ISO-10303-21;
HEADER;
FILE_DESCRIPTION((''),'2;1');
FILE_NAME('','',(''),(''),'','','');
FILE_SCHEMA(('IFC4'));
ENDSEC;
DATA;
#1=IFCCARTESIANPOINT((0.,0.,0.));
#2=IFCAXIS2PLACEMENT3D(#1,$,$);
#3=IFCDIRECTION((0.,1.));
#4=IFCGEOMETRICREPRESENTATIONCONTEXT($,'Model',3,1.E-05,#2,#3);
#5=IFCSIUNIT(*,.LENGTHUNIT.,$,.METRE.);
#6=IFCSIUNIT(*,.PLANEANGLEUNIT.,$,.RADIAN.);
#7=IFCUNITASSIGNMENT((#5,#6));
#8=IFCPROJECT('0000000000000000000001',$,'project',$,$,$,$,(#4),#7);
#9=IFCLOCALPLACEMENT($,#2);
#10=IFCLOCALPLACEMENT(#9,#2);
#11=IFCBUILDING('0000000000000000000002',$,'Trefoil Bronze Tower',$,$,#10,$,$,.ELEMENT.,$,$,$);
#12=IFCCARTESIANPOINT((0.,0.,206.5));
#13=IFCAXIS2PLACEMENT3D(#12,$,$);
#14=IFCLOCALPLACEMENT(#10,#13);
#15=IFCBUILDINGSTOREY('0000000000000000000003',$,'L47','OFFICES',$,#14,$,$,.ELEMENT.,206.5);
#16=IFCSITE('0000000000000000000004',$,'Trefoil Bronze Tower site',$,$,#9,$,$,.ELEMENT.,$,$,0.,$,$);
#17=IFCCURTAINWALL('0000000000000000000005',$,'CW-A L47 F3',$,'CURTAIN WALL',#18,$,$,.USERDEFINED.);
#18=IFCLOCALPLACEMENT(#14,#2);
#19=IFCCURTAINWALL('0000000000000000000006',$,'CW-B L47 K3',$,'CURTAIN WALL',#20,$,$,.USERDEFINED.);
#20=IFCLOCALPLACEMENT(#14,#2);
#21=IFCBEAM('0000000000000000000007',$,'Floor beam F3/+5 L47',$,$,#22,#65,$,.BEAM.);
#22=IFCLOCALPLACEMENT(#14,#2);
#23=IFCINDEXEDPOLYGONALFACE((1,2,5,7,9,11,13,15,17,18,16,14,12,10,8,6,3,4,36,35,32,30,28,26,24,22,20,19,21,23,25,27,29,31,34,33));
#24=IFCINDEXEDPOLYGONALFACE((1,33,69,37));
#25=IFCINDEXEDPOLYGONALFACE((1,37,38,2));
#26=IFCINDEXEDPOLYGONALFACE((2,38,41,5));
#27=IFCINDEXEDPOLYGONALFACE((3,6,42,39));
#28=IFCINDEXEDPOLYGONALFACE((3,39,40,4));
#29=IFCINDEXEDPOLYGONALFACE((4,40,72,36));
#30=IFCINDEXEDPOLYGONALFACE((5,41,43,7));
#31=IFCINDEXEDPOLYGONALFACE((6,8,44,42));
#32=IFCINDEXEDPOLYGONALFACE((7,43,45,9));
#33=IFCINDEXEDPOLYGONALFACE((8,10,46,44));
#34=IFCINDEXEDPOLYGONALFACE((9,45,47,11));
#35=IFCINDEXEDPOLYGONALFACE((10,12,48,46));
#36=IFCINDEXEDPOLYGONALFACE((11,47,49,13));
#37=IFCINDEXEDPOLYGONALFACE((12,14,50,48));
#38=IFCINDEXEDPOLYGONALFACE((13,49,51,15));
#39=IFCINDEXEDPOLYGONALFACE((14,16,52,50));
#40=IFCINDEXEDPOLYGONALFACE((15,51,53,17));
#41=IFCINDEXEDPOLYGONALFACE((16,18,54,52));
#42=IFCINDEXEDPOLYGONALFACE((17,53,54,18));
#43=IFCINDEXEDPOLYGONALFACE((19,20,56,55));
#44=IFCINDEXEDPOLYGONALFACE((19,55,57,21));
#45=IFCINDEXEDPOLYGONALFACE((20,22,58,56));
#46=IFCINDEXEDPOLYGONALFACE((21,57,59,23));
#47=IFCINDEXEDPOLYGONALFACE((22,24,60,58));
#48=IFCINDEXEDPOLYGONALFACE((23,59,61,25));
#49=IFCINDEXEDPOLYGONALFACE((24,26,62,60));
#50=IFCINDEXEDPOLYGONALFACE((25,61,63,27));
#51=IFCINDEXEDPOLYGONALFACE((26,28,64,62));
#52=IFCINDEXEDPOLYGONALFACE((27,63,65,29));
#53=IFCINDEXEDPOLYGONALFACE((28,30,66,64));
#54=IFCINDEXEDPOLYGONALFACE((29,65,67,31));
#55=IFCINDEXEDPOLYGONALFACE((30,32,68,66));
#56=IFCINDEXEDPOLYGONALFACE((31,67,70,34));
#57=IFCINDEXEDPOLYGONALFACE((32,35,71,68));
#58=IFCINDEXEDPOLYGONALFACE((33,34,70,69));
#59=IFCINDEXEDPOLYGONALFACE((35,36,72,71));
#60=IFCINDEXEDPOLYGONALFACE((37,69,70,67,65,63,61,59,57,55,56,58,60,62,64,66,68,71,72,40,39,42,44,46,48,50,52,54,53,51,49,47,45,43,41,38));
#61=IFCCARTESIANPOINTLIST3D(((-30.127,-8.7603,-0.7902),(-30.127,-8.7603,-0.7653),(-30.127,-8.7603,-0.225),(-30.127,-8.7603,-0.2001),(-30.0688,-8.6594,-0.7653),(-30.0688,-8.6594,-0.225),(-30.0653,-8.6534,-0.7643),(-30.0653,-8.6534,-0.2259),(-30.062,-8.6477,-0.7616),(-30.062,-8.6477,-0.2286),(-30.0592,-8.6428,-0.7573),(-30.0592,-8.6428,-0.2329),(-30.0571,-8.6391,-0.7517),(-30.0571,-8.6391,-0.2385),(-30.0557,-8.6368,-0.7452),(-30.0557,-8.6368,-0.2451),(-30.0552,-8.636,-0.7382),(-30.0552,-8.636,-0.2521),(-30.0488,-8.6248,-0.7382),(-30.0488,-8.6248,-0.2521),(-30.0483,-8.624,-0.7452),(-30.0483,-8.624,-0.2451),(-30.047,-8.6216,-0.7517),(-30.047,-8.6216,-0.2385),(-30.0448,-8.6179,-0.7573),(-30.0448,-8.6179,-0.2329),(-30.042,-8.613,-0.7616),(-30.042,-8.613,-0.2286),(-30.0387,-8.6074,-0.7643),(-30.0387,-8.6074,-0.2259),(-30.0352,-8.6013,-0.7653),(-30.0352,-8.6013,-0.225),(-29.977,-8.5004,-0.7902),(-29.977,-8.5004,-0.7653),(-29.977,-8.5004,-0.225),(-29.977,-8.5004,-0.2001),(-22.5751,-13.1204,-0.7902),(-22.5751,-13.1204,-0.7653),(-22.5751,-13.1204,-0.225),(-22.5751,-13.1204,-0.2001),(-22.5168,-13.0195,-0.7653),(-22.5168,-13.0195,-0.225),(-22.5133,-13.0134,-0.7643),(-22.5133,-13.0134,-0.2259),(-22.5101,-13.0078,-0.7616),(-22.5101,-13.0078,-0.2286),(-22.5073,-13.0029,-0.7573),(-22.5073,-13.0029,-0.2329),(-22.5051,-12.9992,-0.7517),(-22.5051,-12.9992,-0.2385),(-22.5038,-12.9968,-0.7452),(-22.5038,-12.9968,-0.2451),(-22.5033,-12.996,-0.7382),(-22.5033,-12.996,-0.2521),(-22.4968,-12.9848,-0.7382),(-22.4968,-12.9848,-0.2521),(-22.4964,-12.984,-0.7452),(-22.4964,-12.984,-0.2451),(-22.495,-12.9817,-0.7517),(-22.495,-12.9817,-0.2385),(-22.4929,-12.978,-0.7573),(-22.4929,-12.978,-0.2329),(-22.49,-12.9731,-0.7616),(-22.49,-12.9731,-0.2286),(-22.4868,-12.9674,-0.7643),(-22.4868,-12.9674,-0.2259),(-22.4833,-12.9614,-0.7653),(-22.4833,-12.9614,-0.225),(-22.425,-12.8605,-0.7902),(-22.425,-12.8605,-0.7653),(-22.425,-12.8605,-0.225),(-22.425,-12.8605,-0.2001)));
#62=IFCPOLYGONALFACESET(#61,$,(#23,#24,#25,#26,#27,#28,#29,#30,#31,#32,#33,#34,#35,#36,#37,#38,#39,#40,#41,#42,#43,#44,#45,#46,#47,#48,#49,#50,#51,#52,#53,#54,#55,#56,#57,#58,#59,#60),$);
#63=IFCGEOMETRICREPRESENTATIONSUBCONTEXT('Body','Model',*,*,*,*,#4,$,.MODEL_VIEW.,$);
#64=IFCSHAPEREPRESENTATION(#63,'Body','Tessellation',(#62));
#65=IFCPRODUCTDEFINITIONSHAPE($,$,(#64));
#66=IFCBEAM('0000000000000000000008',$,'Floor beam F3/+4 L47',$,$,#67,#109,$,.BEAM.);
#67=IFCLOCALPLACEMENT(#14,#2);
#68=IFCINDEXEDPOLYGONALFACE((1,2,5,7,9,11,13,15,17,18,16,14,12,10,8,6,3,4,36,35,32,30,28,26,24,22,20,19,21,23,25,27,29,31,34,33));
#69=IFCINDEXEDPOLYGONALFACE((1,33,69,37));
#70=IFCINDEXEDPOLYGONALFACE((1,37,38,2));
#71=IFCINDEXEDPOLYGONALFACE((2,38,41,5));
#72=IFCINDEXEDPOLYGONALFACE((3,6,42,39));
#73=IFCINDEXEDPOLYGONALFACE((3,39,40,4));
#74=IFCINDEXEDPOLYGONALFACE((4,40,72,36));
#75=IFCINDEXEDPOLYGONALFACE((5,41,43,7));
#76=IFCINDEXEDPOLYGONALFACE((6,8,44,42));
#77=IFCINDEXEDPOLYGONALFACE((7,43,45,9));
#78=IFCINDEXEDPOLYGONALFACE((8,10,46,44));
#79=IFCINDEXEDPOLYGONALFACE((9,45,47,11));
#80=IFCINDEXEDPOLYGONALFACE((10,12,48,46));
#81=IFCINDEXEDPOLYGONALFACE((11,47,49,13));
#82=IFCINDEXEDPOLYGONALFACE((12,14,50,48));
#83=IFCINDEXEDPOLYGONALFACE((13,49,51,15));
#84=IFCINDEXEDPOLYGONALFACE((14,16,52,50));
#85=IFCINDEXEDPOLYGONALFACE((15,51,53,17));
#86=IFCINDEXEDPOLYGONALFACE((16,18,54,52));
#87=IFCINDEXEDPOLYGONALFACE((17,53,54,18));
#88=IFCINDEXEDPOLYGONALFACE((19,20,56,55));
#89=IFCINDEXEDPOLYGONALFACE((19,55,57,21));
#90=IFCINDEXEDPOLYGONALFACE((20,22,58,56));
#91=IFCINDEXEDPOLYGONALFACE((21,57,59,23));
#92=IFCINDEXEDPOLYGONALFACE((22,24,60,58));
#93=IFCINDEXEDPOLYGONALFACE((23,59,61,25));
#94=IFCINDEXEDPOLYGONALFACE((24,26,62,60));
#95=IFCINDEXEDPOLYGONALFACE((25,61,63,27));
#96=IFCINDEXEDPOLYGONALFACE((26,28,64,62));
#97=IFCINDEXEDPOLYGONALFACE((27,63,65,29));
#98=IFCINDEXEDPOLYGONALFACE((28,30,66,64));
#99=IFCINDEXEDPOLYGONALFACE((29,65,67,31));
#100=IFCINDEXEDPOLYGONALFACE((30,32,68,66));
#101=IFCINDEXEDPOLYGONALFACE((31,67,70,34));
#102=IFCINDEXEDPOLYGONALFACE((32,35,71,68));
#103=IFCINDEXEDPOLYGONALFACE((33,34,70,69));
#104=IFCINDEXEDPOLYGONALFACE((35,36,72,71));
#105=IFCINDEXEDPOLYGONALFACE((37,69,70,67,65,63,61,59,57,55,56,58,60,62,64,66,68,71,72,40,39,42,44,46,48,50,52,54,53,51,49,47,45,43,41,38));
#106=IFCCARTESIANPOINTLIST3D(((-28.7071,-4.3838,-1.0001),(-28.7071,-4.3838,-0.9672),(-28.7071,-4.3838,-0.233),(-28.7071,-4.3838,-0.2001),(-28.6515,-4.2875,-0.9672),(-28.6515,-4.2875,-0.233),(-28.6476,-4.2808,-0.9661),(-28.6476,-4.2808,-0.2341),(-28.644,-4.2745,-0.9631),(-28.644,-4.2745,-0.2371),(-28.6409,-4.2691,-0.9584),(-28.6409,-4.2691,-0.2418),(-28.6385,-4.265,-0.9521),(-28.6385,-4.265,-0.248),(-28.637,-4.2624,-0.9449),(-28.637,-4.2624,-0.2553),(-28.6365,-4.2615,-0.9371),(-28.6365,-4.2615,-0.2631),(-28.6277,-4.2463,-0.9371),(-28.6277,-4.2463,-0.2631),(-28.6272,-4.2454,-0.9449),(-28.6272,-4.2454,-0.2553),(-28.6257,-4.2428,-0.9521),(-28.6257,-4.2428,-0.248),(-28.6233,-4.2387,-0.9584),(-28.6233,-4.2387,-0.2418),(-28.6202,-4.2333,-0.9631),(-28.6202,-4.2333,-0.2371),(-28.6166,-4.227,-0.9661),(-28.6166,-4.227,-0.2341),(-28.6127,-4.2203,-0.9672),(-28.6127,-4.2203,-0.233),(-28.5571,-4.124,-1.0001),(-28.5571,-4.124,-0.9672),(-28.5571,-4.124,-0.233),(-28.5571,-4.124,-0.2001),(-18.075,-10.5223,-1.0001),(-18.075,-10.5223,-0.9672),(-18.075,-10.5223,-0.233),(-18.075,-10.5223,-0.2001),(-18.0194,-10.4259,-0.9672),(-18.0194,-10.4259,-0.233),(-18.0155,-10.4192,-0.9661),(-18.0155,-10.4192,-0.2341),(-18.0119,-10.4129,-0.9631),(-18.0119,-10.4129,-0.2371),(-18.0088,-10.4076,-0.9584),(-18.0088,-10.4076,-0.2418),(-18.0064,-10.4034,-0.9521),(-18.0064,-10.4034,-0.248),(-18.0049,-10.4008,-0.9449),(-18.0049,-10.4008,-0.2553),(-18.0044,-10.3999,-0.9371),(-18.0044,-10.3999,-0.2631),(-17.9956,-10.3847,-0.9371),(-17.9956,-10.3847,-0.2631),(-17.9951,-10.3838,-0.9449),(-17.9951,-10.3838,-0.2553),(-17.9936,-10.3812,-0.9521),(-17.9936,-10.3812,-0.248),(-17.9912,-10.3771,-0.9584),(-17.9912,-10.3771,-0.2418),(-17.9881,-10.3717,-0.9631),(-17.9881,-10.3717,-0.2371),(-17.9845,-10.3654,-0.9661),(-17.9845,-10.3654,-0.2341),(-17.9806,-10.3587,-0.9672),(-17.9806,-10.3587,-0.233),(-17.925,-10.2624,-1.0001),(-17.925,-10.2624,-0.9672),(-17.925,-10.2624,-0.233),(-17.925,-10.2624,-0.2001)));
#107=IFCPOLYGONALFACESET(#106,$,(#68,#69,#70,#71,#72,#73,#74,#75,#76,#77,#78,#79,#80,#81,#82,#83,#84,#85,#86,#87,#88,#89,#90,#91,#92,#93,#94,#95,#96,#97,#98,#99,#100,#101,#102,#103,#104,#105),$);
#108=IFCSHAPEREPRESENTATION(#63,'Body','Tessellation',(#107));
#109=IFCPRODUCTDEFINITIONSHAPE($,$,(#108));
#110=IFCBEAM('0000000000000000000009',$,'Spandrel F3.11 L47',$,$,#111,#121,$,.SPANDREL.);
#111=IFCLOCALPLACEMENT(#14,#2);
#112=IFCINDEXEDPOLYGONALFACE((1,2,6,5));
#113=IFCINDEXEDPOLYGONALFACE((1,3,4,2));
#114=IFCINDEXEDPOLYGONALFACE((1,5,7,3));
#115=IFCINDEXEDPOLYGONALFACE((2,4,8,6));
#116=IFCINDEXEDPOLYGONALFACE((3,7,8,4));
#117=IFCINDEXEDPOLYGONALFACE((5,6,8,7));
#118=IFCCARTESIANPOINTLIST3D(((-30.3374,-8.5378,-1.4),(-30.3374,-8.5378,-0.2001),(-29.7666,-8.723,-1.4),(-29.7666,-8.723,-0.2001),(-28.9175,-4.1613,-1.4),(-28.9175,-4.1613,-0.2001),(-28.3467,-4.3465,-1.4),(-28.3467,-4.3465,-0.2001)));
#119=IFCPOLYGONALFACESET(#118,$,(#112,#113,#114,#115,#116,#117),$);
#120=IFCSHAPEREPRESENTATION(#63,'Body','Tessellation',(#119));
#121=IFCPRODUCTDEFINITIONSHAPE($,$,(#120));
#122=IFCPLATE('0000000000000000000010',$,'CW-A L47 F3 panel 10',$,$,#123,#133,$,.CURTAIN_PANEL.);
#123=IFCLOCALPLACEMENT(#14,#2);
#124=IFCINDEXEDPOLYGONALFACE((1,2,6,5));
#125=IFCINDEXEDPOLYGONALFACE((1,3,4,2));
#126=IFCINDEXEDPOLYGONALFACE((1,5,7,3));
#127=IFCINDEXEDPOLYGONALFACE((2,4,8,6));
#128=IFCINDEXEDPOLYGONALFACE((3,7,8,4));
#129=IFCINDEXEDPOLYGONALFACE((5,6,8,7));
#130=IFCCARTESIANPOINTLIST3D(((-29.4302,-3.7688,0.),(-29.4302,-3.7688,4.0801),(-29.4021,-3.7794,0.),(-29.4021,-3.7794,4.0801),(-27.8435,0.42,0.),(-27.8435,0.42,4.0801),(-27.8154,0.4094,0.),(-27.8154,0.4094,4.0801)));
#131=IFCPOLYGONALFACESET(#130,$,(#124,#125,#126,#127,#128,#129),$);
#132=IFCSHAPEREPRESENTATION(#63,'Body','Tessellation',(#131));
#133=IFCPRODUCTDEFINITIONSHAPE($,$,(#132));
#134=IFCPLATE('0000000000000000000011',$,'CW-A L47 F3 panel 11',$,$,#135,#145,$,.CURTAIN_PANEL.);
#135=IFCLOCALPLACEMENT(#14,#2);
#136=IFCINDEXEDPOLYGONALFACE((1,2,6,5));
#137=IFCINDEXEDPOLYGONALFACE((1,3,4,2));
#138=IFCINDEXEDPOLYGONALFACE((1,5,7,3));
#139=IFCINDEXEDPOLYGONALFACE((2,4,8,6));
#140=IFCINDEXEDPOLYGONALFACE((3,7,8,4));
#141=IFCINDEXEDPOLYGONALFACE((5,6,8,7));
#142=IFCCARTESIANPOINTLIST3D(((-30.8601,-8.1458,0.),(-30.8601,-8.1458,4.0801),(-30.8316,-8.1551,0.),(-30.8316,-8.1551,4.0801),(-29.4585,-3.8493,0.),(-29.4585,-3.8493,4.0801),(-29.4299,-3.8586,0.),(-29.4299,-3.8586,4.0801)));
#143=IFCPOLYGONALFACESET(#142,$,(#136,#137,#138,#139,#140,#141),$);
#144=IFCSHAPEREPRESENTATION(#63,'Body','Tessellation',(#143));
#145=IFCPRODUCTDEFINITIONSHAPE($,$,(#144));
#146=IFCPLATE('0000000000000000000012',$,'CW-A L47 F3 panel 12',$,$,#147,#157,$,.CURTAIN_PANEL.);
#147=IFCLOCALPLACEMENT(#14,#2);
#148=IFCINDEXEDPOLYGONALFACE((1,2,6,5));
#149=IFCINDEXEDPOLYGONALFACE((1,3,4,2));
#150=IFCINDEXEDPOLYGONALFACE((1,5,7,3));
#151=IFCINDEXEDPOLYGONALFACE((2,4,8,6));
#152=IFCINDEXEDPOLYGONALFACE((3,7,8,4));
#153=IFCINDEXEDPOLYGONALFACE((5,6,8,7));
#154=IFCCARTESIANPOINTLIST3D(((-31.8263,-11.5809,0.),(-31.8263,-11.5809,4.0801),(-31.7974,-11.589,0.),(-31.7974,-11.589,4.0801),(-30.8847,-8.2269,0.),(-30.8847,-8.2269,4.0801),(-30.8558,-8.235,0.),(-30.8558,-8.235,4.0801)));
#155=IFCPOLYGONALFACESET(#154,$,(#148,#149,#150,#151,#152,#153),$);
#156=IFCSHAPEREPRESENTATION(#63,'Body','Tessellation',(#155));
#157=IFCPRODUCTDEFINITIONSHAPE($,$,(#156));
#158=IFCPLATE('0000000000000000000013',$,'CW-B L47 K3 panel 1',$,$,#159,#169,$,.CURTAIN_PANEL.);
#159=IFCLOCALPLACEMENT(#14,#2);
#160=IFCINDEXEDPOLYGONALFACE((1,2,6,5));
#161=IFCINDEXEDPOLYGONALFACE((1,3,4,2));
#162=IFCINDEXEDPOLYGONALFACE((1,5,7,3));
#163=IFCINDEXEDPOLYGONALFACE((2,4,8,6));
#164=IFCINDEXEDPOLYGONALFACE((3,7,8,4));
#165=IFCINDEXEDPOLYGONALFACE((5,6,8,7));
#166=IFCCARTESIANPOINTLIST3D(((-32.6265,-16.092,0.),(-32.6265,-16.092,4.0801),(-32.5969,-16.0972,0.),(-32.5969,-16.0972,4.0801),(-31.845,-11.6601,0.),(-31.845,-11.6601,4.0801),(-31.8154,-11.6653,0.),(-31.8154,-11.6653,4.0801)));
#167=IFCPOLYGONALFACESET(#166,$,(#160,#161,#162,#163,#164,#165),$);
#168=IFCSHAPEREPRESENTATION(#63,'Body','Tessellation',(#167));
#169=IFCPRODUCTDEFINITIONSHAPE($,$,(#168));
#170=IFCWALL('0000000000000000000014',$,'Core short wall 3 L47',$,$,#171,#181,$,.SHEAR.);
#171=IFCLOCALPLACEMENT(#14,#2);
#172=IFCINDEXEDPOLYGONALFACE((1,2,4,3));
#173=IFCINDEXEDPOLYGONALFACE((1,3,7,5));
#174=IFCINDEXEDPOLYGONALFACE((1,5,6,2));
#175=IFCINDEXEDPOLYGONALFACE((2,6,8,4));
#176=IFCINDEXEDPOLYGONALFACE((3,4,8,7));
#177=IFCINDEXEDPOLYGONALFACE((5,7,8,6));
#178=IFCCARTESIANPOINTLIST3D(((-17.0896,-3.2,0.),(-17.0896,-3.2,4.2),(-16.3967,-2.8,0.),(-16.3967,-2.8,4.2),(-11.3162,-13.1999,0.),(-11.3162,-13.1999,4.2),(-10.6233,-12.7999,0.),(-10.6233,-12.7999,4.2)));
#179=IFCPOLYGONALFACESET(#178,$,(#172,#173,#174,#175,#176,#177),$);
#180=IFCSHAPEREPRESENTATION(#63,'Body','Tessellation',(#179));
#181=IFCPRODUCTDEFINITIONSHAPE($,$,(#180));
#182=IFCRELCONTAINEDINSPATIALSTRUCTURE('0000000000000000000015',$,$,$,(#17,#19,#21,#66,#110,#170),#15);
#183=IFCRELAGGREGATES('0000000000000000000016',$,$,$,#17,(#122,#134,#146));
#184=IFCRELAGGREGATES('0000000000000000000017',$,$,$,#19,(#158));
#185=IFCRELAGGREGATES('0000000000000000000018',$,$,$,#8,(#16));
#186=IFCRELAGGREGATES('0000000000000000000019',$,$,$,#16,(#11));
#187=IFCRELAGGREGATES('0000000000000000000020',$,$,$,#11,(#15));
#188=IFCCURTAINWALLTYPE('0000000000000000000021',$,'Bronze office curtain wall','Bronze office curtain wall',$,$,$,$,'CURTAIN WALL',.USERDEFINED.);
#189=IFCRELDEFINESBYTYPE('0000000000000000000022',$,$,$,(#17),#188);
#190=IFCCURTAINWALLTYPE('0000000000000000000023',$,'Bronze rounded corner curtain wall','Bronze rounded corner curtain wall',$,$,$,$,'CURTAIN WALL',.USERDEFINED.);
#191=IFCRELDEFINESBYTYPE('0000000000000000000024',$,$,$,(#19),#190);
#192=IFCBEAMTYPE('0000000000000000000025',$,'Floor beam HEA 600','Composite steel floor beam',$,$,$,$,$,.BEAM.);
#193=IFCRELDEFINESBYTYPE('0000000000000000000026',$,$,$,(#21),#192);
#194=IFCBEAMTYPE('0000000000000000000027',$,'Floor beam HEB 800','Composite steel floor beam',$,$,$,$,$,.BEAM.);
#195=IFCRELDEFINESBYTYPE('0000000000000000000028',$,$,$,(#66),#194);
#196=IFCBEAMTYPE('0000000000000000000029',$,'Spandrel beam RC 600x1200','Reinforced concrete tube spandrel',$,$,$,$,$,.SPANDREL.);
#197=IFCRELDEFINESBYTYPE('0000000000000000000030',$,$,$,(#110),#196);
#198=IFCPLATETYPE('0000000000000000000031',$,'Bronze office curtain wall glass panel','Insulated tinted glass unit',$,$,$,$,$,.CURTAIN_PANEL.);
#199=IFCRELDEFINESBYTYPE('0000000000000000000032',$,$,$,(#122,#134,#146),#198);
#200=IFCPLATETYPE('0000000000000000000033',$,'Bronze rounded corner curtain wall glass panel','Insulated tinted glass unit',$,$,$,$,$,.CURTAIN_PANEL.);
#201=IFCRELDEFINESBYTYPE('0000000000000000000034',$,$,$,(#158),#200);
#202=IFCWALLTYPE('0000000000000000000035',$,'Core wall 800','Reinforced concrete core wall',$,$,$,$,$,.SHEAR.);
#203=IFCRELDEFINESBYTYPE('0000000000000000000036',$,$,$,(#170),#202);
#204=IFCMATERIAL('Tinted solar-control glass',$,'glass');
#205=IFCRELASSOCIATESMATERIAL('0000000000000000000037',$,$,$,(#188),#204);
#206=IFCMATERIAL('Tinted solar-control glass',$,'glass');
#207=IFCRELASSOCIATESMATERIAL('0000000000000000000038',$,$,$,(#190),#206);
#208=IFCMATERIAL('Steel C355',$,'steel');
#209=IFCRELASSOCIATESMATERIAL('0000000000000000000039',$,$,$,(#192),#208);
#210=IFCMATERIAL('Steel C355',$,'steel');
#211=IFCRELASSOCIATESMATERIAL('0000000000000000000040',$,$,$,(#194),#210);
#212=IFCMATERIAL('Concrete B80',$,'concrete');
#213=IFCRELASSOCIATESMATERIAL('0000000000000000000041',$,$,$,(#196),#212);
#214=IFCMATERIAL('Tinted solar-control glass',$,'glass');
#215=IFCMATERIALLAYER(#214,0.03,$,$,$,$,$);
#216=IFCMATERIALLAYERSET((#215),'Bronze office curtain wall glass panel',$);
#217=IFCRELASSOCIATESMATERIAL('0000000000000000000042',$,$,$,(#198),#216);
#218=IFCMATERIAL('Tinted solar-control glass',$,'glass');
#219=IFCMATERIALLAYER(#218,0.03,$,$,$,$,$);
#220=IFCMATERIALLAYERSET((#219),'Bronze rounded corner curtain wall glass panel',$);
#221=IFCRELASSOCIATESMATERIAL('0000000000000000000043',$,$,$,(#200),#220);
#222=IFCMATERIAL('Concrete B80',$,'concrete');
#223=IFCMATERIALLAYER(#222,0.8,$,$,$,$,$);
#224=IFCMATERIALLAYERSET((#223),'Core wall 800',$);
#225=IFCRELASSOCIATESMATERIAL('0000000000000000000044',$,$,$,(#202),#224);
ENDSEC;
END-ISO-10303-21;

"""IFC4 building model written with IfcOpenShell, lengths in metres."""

from ifc_helpers import new_model, si_unit, direction, frame, frame_2d, origin, origin_2d, place, context, subcontext, project, spatial, rectangle, i_section, extrude, material, layer, layer_set, material_profile, profile_set, type_object, element, aggregate, save


model = new_model("IFC4")

# Units and contexts
model_context = context("Model", 3, precision=1e-05, world=origin(), true_north=direction((0.0, 1.0)))
body_context = subcontext(model_context, "Body", "Model", "MODEL_VIEW")
ifc_project = project(units=[si_unit("LENGTHUNIT", "METRE"), si_unit("PLANEANGLEUNIT", "RADIAN")], contexts=[model_context])

# Site, building, storey
site_placement = place(None, origin())
site = spatial("IfcSite", under=ifc_project, at=site_placement, Name="Trefoil Bronze Tower site", CompositionType="ELEMENT", RefElevation=0.0)
building_placement = place(site_placement, origin())
building = spatial("IfcBuilding", under=site, at=building_placement, Name="Trefoil Bronze Tower", CompositionType="ELEMENT")
storey_placement = place(building_placement, frame((0.0, 0.0, 206.5)))
storey = spatial("IfcBuildingStorey", under=building, at=storey_placement, Name="L47", Description="OFFICES", CompositionType="ELEMENT", Elevation=206.5)

# Curtain walls
ifc_material_1 = material(Name="Tinted solar-control glass", Category="glass")
curtain_wall_type_1 = type_object("IfcCurtainWallType", Name="Bronze office curtain wall", Description="Bronze office curtain wall", ElementType="CURTAIN WALL", PredefinedType="USERDEFINED", material=ifc_material_1)
curtain_wall_1_placement = place(storey_placement, origin())
curtain_wall_1 = element("IfcCurtainWall", 1, at=curtain_wall_1_placement, inside=storey, type_object=curtain_wall_type_1, Name="CW-A L47 F3", ObjectType="CURTAIN WALL", PredefinedType="USERDEFINED")
ifc_material_2 = material(Name="Tinted solar-control glass", Category="glass")
curtain_wall_type_2 = type_object("IfcCurtainWallType", Name="Bronze rounded corner curtain wall", Description="Bronze rounded corner curtain wall", ElementType="CURTAIN WALL", PredefinedType="USERDEFINED", material=ifc_material_2)
curtain_wall_2_placement = place(storey_placement, origin())
curtain_wall_2 = element("IfcCurtainWall", 2, at=curtain_wall_2_placement, inside=storey, type_object=curtain_wall_type_2, Name="CW-B L47 K3", ObjectType="CURTAIN WALL", PredefinedType="USERDEFINED")

# Beams
ifc_material_3 = material(Name="Steel C355", Category="steel")
ifc_material_profile_1 = material_profile(ifc_material_3, i_section(OverallWidth=0.3, OverallDepth=0.5901, WebThickness=0.0129, FlangeThickness=0.0249, FilletRadius=0.0271, at=origin_2d()), Name="HEA 600")
ifc_profile_set_1 = profile_set([ifc_material_profile_1], Name="Steel C355")
beam_type_1 = type_object("IfcBeamType", Name="Floor beam HEA 600", Description="Composite steel floor beam", PredefinedType="BEAM", material=ifc_profile_set_1)
beam_1_placement = place(storey_placement, frame((-30.052, -8.6304, -0.4951), z_axis=(0.866028, -0.499996, 0.0), x_axis=(0.499996, 0.866028, 0.0)))
element("IfcBeam", 3, at=beam_1_placement, inside=storey, type_object=beam_type_1, Name="Floor beam F3/+5 L47", PredefinedType="BEAM", context=body_context, shape_type="SweptSolid", body=[
    extrude(i_section(OverallWidth=0.3, OverallDepth=0.5901, WebThickness=0.0129, FlangeThickness=0.0249, FilletRadius=0.0271, at=origin_2d()), origin(), (0.0, 0.0, 1.0), 8.7202),
])
ifc_material_4 = material(Name="Steel C355", Category="steel")
ifc_material_profile_2 = material_profile(ifc_material_4, i_section(OverallWidth=0.3, OverallDepth=0.8, WebThickness=0.0176, FlangeThickness=0.033, FilletRadius=0.03, at=origin_2d()), Name="HEB 800")
ifc_profile_set_2 = profile_set([ifc_material_profile_2], Name="Steel C355")
beam_type_2 = type_object("IfcBeamType", Name="Floor beam HEB 800", Description="Composite steel floor beam", PredefinedType="BEAM", material=ifc_profile_set_2)
beam_2_placement = place(storey_placement, frame((-28.6321, -4.2539, -0.6001), z_axis=(0.866026, -0.5, 0.0), x_axis=(0.5, 0.866026, 0.0)))
element("IfcBeam", 4, at=beam_2_placement, inside=storey, type_object=beam_type_2, Name="Floor beam F3/+4 L47", PredefinedType="BEAM", context=body_context, shape_type="SweptSolid", body=[
    extrude(i_section(OverallWidth=0.3, OverallDepth=0.8, WebThickness=0.0176, FlangeThickness=0.033, FilletRadius=0.03, at=origin_2d()), origin(), (0.0, 0.0, 1.0), 12.2769),
])
ifc_material_5 = material(Name="Concrete B80", Category="concrete")
ifc_material_profile_3 = material_profile(ifc_material_5, rectangle(XDim=0.6001, YDim=1.2, at=origin_2d()), Name="RC 600x1200")
ifc_profile_set_3 = profile_set([ifc_material_profile_3], Name="Concrete B80")
beam_type_3 = type_object("IfcBeamType", Name="Spandrel beam RC 600x1200", Description="Reinforced concrete tube spandrel", PredefinedType="SPANDREL", material=ifc_profile_set_3)
beam_3_placement = place(storey_placement, frame((-28.6321, -4.2539, -0.8), z_axis=(-0.308609, -0.951189, 0.0), x_axis=(0.951189, -0.308609, 0.0)))
element("IfcBeam", 5, at=beam_3_placement, inside=storey, type_object=beam_type_3, Name="Spandrel F3.11 L47", PredefinedType="SPANDREL", context=body_context, shape_type="SweptSolid", body=[
    extrude(rectangle(XDim=0.6001, YDim=1.2, at=origin_2d()), origin(), (0.0, 0.0, 1.0), 4.6011),
])

# Plates
ifc_material_6 = material(Name="Tinted solar-control glass", Category="glass")
ifc_layer_1 = layer(ifc_material_6, 0.03)
ifc_layer_set_1 = layer_set([ifc_layer_1], Name="Bronze office curtain wall glass panel")
plate_type_1 = type_object("IfcPlateType", Name="Bronze office curtain wall glass panel", Description="Insulated tinted glass unit", PredefinedType="CURTAIN_PANEL", material=ifc_layer_set_1)
plate_1_placement = place(storey_placement, frame((-28.6228, -1.6797, 0.0), z_axis=(0.0, 0.0, 1.0), x_axis=(-0.354234, -0.935157, 0.0)))
plate_1 = element("IfcPlate", 6, at=plate_1_placement, type_object=plate_type_1, Name="CW-A L47 F3 panel 10", PredefinedType="CURTAIN_PANEL", context=body_context, shape_type="SweptSolid", body=[
    extrude(rectangle(XDim=4.4792, YDim=0.03, at=origin_2d()), origin(), (0.0, 0.0, 1.0), 4.0801),
])
plate_2_placement = place(storey_placement, frame((-30.145, -6.0022, 0.0), z_axis=(0.0, 0.0, 1.0), x_axis=(-0.310149, -0.950688, 0.0)))
plate_2 = element("IfcPlate", 7, at=plate_2_placement, type_object=plate_type_1, Name="CW-A L47 F3 panel 11", PredefinedType="CURTAIN_PANEL", context=body_context, shape_type="SweptSolid", body=[
    extrude(rectangle(XDim=4.5193, YDim=0.03, at=origin_2d()), origin(), (0.0, 0.0, 1.0), 4.0801),
])
plate_3_placement = place(storey_placement, frame((-31.3411, -9.908, 0.0), z_axis=(0.0, 0.0, 1.0), x_axis=(-0.270282, -0.962781, 0.0)))
plate_3 = element("IfcPlate", 8, at=plate_3_placement, type_object=plate_type_1, Name="CW-A L47 F3 panel 12", PredefinedType="CURTAIN_PANEL", context=body_context, shape_type="SweptSolid", body=[
    extrude(rectangle(XDim=3.4836, YDim=0.03, at=origin_2d()), origin(), (0.0, 0.0, 1.0), 4.0801),
])
aggregate(curtain_wall_1, [plate_1, plate_2, plate_3])
ifc_material_7 = material(Name="Tinted solar-control glass", Category="glass")
ifc_layer_2 = layer(ifc_material_7, 0.03)
ifc_layer_set_2 = layer_set([ifc_layer_2], Name="Bronze rounded corner curtain wall glass panel")
plate_type_2 = type_object("IfcPlateType", Name="Bronze rounded corner curtain wall glass panel", Description="Insulated tinted glass unit", PredefinedType="CURTAIN_PANEL", material=ifc_layer_set_2)
plate_4_placement = place(storey_placement, frame((-32.2209, -13.8787, 0.0), z_axis=(0.0, 0.0, 1.0), x_axis=(-0.173648, -0.984808, 0.0)))
plate_4 = element("IfcPlate", 9, at=plate_4_placement, type_object=plate_type_2, Name="CW-B L47 K3 panel 1", PredefinedType="CURTAIN_PANEL", context=body_context, shape_type="SweptSolid", body=[
    extrude(rectangle(XDim=4.5002, YDim=0.03, at=origin_2d()), origin(), (0.0, 0.0, 1.0), 4.0801),
])
aggregate(curtain_wall_2, [plate_4])

# Wall
ifc_material_8 = material(Name="Concrete B80", Category="concrete")
ifc_layer_3 = layer(ifc_material_8, 0.8)
ifc_layer_set_3 = layer_set([ifc_layer_3], Name="Core wall 800")
wall_type_1 = type_object("IfcWallType", Name="Core wall 800", Description="Reinforced concrete core wall", PredefinedType="SHEAR", material=ifc_layer_set_3)
wall_1_placement = place(storey_placement, frame((-16.7432, -3.0, 0.0), z_axis=(0.0, 0.0, 1.0), x_axis=(0.499996, -0.866028, 0.0)))
element("IfcWall", 10, at=wall_1_placement, inside=storey, type_object=wall_type_1, Name="Core short wall 3 L47", PredefinedType="SHEAR", context=body_context, shape_type="SweptSolid", body=[
    extrude(rectangle(XDim=11.5469, YDim=0.8, at=frame_2d((5.7734, 0.0))), origin(), (0.0, 0.0, 1.0), 4.2),
])

save(model, "model.ifc")
